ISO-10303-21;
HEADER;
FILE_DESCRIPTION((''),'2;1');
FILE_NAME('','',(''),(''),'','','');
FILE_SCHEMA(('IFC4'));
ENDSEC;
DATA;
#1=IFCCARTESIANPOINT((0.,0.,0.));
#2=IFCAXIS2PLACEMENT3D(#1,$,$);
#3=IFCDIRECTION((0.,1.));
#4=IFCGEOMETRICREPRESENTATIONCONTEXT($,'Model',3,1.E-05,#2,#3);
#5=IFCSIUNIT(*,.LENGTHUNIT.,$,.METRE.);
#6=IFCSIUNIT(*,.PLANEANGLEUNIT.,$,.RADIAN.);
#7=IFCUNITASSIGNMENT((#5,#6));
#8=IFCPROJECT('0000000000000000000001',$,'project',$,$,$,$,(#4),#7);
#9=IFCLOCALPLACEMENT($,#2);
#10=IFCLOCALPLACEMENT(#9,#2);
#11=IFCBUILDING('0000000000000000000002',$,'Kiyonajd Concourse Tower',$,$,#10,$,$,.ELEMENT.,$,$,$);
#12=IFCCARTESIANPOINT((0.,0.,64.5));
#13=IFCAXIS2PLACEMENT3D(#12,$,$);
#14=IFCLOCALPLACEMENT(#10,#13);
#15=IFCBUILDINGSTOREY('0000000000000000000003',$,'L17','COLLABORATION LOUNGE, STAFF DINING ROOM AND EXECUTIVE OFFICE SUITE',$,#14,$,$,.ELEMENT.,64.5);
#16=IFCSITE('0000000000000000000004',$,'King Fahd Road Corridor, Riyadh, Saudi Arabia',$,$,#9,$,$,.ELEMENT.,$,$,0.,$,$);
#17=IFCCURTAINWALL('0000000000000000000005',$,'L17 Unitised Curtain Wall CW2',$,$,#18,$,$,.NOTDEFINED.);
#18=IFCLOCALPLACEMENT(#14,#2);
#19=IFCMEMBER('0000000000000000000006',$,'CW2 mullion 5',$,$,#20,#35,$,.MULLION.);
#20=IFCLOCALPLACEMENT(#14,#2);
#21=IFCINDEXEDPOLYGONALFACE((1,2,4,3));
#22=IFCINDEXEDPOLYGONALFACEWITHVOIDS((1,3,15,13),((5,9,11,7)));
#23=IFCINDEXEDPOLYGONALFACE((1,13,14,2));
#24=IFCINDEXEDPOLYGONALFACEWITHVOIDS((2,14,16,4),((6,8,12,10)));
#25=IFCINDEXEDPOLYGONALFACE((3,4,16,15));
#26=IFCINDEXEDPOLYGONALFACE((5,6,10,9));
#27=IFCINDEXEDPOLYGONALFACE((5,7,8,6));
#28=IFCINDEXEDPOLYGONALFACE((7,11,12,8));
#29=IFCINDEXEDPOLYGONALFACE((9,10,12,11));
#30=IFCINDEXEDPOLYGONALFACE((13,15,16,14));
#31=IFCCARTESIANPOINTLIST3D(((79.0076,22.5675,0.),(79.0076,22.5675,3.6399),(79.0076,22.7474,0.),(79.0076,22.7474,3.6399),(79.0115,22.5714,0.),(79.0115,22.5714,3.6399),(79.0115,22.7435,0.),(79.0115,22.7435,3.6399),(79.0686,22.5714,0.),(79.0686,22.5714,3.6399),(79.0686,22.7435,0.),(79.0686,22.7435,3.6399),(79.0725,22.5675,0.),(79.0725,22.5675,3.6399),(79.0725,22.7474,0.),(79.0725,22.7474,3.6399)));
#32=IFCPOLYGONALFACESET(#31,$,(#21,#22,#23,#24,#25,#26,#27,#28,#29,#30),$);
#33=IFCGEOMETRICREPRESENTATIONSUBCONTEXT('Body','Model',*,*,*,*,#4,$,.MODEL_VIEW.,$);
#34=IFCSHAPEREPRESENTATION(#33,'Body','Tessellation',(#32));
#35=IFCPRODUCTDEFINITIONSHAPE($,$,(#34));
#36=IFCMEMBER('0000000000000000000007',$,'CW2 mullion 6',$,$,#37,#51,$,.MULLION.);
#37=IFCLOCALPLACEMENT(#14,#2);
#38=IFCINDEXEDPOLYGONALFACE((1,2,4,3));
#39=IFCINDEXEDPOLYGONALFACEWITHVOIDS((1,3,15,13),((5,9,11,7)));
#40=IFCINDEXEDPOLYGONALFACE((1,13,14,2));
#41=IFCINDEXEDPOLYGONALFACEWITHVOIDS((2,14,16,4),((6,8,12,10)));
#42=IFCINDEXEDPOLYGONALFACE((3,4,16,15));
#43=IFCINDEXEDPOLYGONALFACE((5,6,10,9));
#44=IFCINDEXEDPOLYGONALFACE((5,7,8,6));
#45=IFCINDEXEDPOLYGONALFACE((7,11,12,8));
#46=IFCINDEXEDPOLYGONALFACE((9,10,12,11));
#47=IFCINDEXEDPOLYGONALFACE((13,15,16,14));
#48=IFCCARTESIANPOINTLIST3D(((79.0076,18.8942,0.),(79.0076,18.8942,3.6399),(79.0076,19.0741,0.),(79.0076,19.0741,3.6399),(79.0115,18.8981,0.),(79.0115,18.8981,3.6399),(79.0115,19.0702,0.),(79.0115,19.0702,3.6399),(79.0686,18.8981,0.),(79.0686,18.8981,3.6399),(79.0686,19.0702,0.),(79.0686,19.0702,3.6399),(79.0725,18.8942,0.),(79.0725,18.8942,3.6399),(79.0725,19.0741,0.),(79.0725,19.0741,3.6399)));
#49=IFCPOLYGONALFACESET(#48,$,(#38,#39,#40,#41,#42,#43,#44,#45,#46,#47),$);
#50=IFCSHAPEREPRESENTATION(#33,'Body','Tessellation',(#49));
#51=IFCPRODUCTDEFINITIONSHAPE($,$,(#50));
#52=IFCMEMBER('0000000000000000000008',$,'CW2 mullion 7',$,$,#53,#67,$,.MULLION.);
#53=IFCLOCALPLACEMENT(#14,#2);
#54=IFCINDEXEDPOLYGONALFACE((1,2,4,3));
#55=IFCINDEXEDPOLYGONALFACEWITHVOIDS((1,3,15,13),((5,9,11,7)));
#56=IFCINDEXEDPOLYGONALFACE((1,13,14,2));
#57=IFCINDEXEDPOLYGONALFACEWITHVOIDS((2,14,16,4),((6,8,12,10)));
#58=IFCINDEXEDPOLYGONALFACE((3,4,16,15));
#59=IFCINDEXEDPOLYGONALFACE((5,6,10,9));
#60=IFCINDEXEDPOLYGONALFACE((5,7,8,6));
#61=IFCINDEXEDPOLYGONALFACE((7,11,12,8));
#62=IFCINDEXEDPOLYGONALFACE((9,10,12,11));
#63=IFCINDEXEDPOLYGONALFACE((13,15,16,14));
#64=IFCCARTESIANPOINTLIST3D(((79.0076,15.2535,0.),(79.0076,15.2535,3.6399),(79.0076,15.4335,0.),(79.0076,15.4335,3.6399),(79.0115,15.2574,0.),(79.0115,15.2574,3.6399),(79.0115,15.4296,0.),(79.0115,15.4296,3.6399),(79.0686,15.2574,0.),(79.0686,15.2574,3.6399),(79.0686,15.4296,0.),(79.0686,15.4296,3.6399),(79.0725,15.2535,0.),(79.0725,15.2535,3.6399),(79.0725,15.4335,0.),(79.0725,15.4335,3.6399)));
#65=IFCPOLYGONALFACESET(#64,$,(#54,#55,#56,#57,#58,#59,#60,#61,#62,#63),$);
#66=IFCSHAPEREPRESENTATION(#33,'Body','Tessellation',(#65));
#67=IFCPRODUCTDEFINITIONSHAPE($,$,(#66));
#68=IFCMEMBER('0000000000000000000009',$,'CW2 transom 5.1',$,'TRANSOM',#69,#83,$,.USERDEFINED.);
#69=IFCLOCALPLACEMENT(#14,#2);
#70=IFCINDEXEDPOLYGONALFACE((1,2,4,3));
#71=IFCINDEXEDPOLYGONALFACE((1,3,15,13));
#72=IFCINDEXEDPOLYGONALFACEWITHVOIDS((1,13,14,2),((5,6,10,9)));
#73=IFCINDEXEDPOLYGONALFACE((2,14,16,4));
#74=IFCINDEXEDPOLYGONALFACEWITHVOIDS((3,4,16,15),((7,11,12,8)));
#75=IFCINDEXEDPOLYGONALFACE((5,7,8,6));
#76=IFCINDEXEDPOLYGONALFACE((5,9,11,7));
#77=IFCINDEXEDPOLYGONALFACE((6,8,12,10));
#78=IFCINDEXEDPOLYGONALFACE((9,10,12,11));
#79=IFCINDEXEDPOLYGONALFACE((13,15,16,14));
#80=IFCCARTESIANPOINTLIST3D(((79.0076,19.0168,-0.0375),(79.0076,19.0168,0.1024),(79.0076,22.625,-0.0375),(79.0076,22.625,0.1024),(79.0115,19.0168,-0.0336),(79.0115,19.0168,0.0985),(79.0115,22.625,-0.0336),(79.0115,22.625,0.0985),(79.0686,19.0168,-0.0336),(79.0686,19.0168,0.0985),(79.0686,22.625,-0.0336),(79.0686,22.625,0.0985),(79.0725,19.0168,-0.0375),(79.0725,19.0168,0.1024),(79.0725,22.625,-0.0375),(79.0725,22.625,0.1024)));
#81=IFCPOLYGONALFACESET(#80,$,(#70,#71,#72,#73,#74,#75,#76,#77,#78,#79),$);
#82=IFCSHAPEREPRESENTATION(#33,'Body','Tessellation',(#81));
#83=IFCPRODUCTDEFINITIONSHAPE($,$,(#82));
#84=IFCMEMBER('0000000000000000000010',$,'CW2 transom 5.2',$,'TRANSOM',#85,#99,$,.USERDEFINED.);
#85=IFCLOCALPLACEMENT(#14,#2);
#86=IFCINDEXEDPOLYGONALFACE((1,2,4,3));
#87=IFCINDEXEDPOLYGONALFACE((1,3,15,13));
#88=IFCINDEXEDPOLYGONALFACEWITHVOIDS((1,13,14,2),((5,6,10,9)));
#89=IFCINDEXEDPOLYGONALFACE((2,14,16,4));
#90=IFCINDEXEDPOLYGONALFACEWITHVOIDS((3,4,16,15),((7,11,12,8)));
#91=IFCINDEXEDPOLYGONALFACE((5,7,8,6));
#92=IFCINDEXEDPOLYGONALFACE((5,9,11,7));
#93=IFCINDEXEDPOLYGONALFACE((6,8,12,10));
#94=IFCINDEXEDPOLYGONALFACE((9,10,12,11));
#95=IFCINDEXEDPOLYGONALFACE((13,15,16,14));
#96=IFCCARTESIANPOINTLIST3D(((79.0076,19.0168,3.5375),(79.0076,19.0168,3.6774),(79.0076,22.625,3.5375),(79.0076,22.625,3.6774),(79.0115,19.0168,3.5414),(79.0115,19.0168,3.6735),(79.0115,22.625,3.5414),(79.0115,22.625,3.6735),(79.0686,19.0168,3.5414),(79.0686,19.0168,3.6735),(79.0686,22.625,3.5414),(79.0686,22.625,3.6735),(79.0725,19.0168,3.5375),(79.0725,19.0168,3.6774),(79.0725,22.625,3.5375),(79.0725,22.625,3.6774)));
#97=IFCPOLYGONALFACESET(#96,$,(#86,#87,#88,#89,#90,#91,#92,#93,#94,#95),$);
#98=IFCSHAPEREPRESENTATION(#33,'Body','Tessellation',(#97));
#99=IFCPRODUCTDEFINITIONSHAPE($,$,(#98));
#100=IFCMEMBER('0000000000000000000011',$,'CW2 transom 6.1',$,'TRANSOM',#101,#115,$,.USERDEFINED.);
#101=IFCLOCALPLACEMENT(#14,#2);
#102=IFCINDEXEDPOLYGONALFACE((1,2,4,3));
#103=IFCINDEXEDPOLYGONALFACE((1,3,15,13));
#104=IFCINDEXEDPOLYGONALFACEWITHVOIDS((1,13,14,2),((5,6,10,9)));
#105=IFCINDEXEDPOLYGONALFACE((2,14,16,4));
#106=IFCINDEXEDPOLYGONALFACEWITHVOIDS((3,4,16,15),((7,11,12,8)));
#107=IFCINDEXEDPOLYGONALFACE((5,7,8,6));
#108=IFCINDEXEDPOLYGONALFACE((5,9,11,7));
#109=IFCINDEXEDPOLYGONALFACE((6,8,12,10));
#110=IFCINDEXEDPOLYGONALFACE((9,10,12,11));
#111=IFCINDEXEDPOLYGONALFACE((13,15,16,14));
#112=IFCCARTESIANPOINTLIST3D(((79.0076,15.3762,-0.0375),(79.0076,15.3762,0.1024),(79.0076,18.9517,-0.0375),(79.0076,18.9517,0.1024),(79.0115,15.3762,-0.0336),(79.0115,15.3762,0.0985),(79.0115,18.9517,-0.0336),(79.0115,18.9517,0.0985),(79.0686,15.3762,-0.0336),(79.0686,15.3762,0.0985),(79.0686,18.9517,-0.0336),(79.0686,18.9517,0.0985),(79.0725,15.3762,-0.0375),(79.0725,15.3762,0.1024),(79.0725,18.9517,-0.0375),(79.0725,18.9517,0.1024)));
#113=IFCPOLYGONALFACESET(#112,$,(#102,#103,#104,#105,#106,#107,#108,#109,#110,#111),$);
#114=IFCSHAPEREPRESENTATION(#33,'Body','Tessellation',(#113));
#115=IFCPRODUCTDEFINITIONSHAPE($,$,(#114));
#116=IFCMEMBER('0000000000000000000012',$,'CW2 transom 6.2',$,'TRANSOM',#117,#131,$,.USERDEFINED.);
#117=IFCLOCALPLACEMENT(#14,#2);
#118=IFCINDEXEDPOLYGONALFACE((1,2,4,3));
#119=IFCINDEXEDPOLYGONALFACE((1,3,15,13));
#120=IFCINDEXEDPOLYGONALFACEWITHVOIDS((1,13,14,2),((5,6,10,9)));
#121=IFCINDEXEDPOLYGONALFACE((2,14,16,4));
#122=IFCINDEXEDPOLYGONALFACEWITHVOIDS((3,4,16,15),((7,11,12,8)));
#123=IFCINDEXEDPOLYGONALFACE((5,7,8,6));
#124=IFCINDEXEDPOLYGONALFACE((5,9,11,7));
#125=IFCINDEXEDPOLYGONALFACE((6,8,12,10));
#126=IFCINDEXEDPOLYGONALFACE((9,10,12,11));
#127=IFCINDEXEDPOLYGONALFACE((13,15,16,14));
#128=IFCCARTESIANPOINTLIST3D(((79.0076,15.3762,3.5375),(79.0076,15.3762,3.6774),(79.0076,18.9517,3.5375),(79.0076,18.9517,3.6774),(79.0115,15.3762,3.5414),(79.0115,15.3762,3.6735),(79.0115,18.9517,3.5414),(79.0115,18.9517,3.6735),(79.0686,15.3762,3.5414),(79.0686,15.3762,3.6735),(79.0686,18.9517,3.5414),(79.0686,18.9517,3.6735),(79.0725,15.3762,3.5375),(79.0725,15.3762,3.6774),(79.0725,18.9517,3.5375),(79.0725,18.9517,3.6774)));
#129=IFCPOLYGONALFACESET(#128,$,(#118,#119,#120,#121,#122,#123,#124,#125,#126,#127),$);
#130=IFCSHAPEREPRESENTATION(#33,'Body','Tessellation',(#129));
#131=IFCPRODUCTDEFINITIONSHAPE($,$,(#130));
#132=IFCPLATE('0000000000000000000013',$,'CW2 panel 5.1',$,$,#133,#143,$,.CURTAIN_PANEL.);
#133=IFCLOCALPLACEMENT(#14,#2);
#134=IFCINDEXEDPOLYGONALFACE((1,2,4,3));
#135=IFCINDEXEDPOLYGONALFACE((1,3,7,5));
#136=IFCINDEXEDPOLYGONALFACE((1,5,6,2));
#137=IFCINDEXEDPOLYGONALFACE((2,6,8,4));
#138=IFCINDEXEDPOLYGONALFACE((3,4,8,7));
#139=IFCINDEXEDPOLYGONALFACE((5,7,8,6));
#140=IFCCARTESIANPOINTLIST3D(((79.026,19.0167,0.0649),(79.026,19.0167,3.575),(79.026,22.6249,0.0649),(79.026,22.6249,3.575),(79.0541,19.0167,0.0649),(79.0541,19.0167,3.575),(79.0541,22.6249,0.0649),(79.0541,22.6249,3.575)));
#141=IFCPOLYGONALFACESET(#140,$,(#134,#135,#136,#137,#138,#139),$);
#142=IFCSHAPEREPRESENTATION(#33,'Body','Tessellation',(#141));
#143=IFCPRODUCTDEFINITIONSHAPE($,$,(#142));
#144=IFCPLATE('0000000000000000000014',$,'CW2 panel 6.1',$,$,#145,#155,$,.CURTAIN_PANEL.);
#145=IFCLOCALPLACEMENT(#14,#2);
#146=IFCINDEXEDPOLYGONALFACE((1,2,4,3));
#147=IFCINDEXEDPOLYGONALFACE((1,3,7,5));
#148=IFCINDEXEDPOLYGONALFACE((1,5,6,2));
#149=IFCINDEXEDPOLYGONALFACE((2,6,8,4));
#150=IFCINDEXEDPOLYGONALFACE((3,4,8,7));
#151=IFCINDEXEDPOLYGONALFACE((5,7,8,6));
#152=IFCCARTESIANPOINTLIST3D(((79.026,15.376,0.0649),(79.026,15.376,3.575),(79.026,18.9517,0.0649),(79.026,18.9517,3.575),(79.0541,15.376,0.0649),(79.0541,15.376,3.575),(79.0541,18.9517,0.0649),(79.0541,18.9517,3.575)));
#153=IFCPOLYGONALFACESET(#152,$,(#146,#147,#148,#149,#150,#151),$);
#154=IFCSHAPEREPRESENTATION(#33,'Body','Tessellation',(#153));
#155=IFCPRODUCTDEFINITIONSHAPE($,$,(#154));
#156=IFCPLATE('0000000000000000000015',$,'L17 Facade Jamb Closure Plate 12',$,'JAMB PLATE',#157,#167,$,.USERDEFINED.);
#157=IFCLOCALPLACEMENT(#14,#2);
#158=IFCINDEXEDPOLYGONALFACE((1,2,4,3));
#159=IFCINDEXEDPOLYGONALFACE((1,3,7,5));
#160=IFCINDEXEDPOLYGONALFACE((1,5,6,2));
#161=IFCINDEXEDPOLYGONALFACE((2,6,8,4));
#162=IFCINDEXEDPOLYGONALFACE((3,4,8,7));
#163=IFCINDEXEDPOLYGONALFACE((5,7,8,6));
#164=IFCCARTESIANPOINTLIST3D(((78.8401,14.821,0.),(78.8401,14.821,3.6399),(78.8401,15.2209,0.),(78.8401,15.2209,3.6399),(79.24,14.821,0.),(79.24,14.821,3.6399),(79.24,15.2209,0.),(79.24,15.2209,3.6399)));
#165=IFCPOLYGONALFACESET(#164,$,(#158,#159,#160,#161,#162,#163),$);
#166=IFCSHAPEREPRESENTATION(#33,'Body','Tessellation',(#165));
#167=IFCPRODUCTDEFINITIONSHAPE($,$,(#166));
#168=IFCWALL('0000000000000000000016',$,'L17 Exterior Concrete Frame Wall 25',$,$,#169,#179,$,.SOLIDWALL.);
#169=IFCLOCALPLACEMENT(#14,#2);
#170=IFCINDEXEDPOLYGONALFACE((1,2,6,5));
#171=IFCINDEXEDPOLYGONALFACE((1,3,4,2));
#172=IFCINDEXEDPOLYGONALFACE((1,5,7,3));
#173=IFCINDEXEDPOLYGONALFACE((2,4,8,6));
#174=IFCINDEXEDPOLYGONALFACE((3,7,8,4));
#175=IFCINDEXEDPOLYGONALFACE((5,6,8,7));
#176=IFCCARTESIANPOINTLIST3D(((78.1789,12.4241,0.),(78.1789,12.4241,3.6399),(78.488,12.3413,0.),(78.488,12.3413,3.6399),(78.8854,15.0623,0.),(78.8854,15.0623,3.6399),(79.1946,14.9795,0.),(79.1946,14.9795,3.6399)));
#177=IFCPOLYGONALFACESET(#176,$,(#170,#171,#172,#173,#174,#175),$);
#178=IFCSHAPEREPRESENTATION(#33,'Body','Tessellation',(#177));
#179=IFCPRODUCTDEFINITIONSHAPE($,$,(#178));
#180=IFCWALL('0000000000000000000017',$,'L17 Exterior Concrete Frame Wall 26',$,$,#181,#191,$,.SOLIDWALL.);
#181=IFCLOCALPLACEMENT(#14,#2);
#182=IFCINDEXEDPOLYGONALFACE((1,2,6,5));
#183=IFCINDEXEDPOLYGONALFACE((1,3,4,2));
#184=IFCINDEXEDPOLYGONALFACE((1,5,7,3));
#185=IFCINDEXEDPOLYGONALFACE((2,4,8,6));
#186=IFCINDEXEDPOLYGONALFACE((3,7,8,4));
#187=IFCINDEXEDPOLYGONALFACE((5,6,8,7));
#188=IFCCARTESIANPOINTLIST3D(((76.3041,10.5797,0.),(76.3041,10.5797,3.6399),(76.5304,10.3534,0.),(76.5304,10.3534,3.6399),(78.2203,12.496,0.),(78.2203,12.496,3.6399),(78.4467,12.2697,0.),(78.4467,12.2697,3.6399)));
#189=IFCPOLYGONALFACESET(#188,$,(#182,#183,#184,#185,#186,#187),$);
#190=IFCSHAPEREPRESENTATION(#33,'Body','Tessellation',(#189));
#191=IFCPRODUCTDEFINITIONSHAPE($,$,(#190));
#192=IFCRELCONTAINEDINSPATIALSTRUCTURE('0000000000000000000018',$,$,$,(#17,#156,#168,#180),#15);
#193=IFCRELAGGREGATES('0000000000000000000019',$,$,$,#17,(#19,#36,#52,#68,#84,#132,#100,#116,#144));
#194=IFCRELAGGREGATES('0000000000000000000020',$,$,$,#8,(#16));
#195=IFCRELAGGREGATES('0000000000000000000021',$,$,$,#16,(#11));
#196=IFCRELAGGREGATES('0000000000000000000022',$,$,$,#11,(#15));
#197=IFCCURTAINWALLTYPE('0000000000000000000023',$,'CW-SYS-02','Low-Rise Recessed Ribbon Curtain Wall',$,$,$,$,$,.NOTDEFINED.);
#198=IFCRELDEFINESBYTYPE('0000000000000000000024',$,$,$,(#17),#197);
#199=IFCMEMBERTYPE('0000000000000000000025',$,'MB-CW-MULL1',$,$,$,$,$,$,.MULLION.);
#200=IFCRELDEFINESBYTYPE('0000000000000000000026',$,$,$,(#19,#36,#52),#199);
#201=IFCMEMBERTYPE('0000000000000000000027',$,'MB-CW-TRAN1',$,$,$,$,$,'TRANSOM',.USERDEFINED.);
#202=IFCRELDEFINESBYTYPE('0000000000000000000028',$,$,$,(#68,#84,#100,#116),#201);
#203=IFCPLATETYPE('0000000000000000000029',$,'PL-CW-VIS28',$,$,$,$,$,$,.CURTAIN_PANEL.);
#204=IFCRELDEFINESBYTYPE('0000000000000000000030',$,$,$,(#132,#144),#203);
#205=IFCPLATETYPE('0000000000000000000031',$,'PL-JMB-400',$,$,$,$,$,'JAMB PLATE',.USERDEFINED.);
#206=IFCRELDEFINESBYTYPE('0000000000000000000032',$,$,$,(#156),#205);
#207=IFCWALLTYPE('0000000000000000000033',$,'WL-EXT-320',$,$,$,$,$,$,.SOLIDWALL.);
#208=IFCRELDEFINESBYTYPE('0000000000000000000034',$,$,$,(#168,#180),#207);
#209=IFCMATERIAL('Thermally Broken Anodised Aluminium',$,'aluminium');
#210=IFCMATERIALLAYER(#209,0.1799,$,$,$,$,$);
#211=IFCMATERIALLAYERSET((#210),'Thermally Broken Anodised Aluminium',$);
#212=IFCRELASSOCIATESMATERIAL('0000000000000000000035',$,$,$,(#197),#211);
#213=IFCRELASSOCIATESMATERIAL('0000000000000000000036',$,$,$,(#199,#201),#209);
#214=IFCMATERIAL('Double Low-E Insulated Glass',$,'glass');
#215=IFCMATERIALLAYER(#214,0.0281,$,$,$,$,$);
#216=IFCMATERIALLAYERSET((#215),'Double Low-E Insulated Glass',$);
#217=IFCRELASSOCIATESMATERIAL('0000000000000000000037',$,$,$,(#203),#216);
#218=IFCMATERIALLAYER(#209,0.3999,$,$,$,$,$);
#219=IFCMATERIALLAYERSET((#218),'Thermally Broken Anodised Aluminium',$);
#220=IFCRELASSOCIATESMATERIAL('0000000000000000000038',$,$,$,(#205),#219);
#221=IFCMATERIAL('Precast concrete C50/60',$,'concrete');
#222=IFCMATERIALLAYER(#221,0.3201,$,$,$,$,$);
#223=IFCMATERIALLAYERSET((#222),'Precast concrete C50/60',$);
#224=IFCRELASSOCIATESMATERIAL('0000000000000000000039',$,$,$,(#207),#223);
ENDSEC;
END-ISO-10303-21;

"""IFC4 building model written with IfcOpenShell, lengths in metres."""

from ifc_helpers import new_model, si_unit, direction, frame, frame_2d, origin, origin_2d, place, context, subcontext, project, spatial, rectangle, hollow_rectangle, extrude, material, layer, layer_set, material_profile, profile_set, type_object, element, aggregate, save


model = new_model("IFC4")

# Units and contexts
model_context = context("Model", 3, precision=1e-05, world=origin(), true_north=direction((0.0, 1.0)))
body_context = subcontext(model_context, "Body", "Model", "MODEL_VIEW")
ifc_project = project(units=[si_unit("LENGTHUNIT", "METRE"), si_unit("PLANEANGLEUNIT", "RADIAN")], contexts=[model_context])

# Site, building, storey
site_placement = place(None, origin())
site = spatial("IfcSite", under=ifc_project, at=site_placement, Name="King Fahd Road Corridor, Riyadh, Saudi Arabia", CompositionType="ELEMENT", RefElevation=0.0)
building_placement = place(site_placement, origin())
building = spatial("IfcBuilding", under=site, at=building_placement, Name="Kiyonajd Concourse Tower", CompositionType="ELEMENT")
storey_placement = place(building_placement, frame((0.0, 0.0, 64.5)))
storey = spatial("IfcBuildingStorey", under=building, at=storey_placement, Name="L17", Description="COLLABORATION LOUNGE, STAFF DINING ROOM AND EXECUTIVE OFFICE SUITE", CompositionType="ELEMENT", Elevation=64.5)

# Shared definitions
ifc_material_1 = material(Name="Precast concrete C50/60", Category="concrete")

# Curtain wall, members, plates
ifc_material_2 = material(Name="Thermally Broken Anodised Aluminium", Category="aluminium")
ifc_layer_1 = layer(ifc_material_2, 0.1799)
ifc_layer_set_1 = layer_set([ifc_layer_1], Name="Thermally Broken Anodised Aluminium")
curtain_wall_type = type_object("IfcCurtainWallType", Name="CW-SYS-02", Description="Low-Rise Recessed Ribbon Curtain Wall", PredefinedType="NOTDEFINED", material=ifc_layer_set_1)
curtain_wall_placement = place(storey_placement, origin())
curtain_wall = element("IfcCurtainWall", 1, at=curtain_wall_placement, inside=storey, type_object=curtain_wall_type, Name="L17 Unitised Curtain Wall CW2", PredefinedType="NOTDEFINED")
ifc_material_profile_1 = material_profile(ifc_material_2, hollow_rectangle(XDim=0.0649, YDim=0.1799, WallThickness=0.0039, at=origin_2d()), Name="MULL-65x180")
ifc_profile_set_1 = profile_set([ifc_material_profile_1], Name="Thermally Broken Anodised Aluminium")
member_type_1 = type_object("IfcMemberType", Name="MB-CW-MULL1", PredefinedType="MULLION", material=ifc_profile_set_1)
member_1_placement = place(storey_placement, frame((79.04, 22.6575, 0.0), z_axis=(0.0, 0.0, 1.0), x_axis=(1.0, 0.0, 0.0)))
member_1 = element("IfcMember", 2, at=member_1_placement, type_object=member_type_1, Name="CW2 mullion 5", PredefinedType="MULLION", context=body_context, shape_type="SweptSolid", body=[
    extrude(hollow_rectangle(XDim=0.0649, YDim=0.1799, WallThickness=0.0039, at=origin_2d()), origin(), (0.0, 0.0, 1.0), 3.6399),
])
member_2_placement = place(storey_placement, frame((79.04, 18.9841, 0.0), z_axis=(0.0, 0.0, 1.0), x_axis=(1.0, 0.0, 0.0)))
member_2 = element("IfcMember", 3, at=member_2_placement, type_object=member_type_1, Name="CW2 mullion 6", PredefinedType="MULLION", context=body_context, shape_type="SweptSolid", body=[
    extrude(hollow_rectangle(XDim=0.0649, YDim=0.1799, WallThickness=0.0039, at=origin_2d()), origin(), (0.0, 0.0, 1.0), 3.6399),
])
member_3_placement = place(storey_placement, frame((79.04, 15.3435, 0.0), z_axis=(0.0, 0.0, 1.0), x_axis=(1.0, 0.0, 0.0)))
member_3 = element("IfcMember", 4, at=member_3_placement, type_object=member_type_1, Name="CW2 mullion 7", PredefinedType="MULLION", context=body_context, shape_type="SweptSolid", body=[
    extrude(hollow_rectangle(XDim=0.0649, YDim=0.1799, WallThickness=0.0039, at=origin_2d()), origin(), (0.0, 0.0, 1.0), 3.6399),
])
ifc_material_profile_2 = material_profile(ifc_material_2, hollow_rectangle(XDim=0.0649, YDim=0.1399, WallThickness=0.0039, at=origin_2d()), Name="TRAN-65x140")
ifc_profile_set_2 = profile_set([ifc_material_profile_2], Name="Thermally Broken Anodised Aluminium")
member_type_2 = type_object("IfcMemberType", Name="MB-CW-TRAN1", ElementType="TRANSOM", PredefinedType="USERDEFINED", material=ifc_profile_set_2)
member_4_placement = place(storey_placement, frame((79.04, 22.625, 0.0325), z_axis=(0.0, -1.0, 0.0), x_axis=(1.0, 0.0, 0.0)))
member_4 = element("IfcMember", 5, at=member_4_placement, type_object=member_type_2, Name="CW2 transom 5.1", ObjectType="TRANSOM", PredefinedType="USERDEFINED", context=body_context, shape_type="SweptSolid", body=[
    extrude(hollow_rectangle(XDim=0.0649, YDim=0.1399, WallThickness=0.0039, at=origin_2d()), origin(), (0.0, 0.0, 1.0), 3.6082),
])
member_5_placement = place(storey_placement, frame((79.04, 22.625, 3.6074), z_axis=(0.0, -1.0, 0.0), x_axis=(1.0, 0.0, 0.0)))
member_5 = element("IfcMember", 6, at=member_5_placement, type_object=member_type_2, Name="CW2 transom 5.2", ObjectType="TRANSOM", PredefinedType="USERDEFINED", context=body_context, shape_type="SweptSolid", body=[
    extrude(hollow_rectangle(XDim=0.0649, YDim=0.1399, WallThickness=0.0039, at=origin_2d()), origin(), (0.0, 0.0, 1.0), 3.6082),
])
member_6_placement = place(storey_placement, frame((79.04, 18.9517, 0.0325), z_axis=(0.0, -1.0, 0.0), x_axis=(1.0, 0.0, 0.0)))
member_6 = element("IfcMember", 7, at=member_6_placement, type_object=member_type_2, Name="CW2 transom 6.1", ObjectType="TRANSOM", PredefinedType="USERDEFINED", context=body_context, shape_type="SweptSolid", body=[
    extrude(hollow_rectangle(XDim=0.0649, YDim=0.1399, WallThickness=0.0039, at=origin_2d()), origin(), (0.0, 0.0, 1.0), 3.5754),
])
member_7_placement = place(storey_placement, frame((79.04, 18.9517, 3.6074), z_axis=(0.0, -1.0, 0.0), x_axis=(1.0, 0.0, 0.0)))
member_7 = element("IfcMember", 8, at=member_7_placement, type_object=member_type_2, Name="CW2 transom 6.2", ObjectType="TRANSOM", PredefinedType="USERDEFINED", context=body_context, shape_type="SweptSolid", body=[
    extrude(hollow_rectangle(XDim=0.0649, YDim=0.1399, WallThickness=0.0039, at=origin_2d()), origin(), (0.0, 0.0, 1.0), 3.5754),
])
ifc_material_3 = material(Name="Double Low-E Insulated Glass", Category="glass")
ifc_layer_2 = layer(ifc_material_3, 0.0281)
ifc_layer_set_2 = layer_set([ifc_layer_2], Name="Double Low-E Insulated Glass")
plate_type_1 = type_object("IfcPlateType", Name="PL-CW-VIS28", PredefinedType="CURTAIN_PANEL", material=ifc_layer_set_2)
plate_1_placement = place(storey_placement, frame((79.04, 20.8208, 0.0649), z_axis=(0.0, 0.0, 1.0), x_axis=(0.0, -1.0, 0.0)))
plate_1 = element("IfcPlate", 9, at=plate_1_placement, type_object=plate_type_1, Name="CW2 panel 5.1", PredefinedType="CURTAIN_PANEL", context=body_context, shape_type="SweptSolid", body=[
    extrude(rectangle(XDim=3.6082, YDim=0.0281, at=origin_2d()), origin(), (0.0, 0.0, 1.0), 3.51),
])
plate_2_placement = place(storey_placement, frame((79.04, 17.1638, 0.0649), z_axis=(0.0, 0.0, 1.0), x_axis=(0.0, -1.0, 0.0)))
plate_2 = element("IfcPlate", 10, at=plate_2_placement, type_object=plate_type_1, Name="CW2 panel 6.1", PredefinedType="CURTAIN_PANEL", context=body_context, shape_type="SweptSolid", body=[
    extrude(rectangle(XDim=3.5757, YDim=0.0281, at=origin_2d()), origin(), (0.0, 0.0, 1.0), 3.51),
])
aggregate(curtain_wall, [member_1, member_2, member_3, member_4, member_5, plate_1, member_6, member_7, plate_2])

# Plate
ifc_layer_3 = layer(ifc_material_2, 0.3999)
ifc_layer_set_3 = layer_set([ifc_layer_3], Name="Thermally Broken Anodised Aluminium")
plate_type_2 = type_object("IfcPlateType", Name="PL-JMB-400", ElementType="JAMB PLATE", PredefinedType="USERDEFINED", material=ifc_layer_set_3)
plate_3_placement = place(storey_placement, frame((79.04, 15.021, 0.0), z_axis=(0.0, 0.0, 1.0), x_axis=(1.0, 0.0, 0.0)))
element("IfcPlate", 11, at=plate_3_placement, inside=storey, type_object=plate_type_2, Name="L17 Facade Jamb Closure Plate 12", ObjectType="JAMB PLATE", PredefinedType="USERDEFINED", context=body_context, shape_type="SweptSolid", body=[
    extrude(rectangle(XDim=0.3999, YDim=0.3999, at=origin_2d()), origin(), (0.0, 0.0, 1.0), 3.6399),
])

# Walls
ifc_layer_4 = layer(ifc_material_1, 0.3201)
ifc_layer_set_4 = layer_set([ifc_layer_4], Name="Precast concrete C50/60")
wall_type_1 = type_object("IfcWallType", Name="WL-EXT-320", PredefinedType="SOLIDWALL", material=ifc_layer_set_4)
wall_1_placement = place(storey_placement, frame((79.04, 15.021, 0.0), z_axis=(0.0, 0.0, 1.0), x_axis=(-0.258697, -0.965958, 0.0)))
element("IfcWall", 12, at=wall_1_placement, inside=storey, type_object=wall_type_1, Name="L17 Exterior Concrete Frame Wall 25", PredefinedType="SOLIDWALL", context=body_context, shape_type="SweptSolid", body=[
    extrude(rectangle(XDim=2.7312, YDim=0.3201, at=frame_2d((1.3657, 0.0))), origin(), (0.0, 0.0, 1.0), 3.6399),
])
wall_2_placement = place(storey_placement, frame((78.3335, 12.3828, 0.0), z_axis=(0.0, 0.0, 1.0), x_axis=(-0.707107, -0.707107, 0.0)))
element("IfcWall", 13, at=wall_2_placement, inside=storey, type_object=wall_type_1, Name="L17 Exterior Concrete Frame Wall 26", PredefinedType="SOLIDWALL", context=body_context, shape_type="SweptSolid", body=[
    extrude(rectangle(XDim=2.71, YDim=0.3201, at=frame_2d((1.355, 0.0))), origin(), (0.0, 0.0, 1.0), 3.6399),
])

save(model, "model.ifc")
